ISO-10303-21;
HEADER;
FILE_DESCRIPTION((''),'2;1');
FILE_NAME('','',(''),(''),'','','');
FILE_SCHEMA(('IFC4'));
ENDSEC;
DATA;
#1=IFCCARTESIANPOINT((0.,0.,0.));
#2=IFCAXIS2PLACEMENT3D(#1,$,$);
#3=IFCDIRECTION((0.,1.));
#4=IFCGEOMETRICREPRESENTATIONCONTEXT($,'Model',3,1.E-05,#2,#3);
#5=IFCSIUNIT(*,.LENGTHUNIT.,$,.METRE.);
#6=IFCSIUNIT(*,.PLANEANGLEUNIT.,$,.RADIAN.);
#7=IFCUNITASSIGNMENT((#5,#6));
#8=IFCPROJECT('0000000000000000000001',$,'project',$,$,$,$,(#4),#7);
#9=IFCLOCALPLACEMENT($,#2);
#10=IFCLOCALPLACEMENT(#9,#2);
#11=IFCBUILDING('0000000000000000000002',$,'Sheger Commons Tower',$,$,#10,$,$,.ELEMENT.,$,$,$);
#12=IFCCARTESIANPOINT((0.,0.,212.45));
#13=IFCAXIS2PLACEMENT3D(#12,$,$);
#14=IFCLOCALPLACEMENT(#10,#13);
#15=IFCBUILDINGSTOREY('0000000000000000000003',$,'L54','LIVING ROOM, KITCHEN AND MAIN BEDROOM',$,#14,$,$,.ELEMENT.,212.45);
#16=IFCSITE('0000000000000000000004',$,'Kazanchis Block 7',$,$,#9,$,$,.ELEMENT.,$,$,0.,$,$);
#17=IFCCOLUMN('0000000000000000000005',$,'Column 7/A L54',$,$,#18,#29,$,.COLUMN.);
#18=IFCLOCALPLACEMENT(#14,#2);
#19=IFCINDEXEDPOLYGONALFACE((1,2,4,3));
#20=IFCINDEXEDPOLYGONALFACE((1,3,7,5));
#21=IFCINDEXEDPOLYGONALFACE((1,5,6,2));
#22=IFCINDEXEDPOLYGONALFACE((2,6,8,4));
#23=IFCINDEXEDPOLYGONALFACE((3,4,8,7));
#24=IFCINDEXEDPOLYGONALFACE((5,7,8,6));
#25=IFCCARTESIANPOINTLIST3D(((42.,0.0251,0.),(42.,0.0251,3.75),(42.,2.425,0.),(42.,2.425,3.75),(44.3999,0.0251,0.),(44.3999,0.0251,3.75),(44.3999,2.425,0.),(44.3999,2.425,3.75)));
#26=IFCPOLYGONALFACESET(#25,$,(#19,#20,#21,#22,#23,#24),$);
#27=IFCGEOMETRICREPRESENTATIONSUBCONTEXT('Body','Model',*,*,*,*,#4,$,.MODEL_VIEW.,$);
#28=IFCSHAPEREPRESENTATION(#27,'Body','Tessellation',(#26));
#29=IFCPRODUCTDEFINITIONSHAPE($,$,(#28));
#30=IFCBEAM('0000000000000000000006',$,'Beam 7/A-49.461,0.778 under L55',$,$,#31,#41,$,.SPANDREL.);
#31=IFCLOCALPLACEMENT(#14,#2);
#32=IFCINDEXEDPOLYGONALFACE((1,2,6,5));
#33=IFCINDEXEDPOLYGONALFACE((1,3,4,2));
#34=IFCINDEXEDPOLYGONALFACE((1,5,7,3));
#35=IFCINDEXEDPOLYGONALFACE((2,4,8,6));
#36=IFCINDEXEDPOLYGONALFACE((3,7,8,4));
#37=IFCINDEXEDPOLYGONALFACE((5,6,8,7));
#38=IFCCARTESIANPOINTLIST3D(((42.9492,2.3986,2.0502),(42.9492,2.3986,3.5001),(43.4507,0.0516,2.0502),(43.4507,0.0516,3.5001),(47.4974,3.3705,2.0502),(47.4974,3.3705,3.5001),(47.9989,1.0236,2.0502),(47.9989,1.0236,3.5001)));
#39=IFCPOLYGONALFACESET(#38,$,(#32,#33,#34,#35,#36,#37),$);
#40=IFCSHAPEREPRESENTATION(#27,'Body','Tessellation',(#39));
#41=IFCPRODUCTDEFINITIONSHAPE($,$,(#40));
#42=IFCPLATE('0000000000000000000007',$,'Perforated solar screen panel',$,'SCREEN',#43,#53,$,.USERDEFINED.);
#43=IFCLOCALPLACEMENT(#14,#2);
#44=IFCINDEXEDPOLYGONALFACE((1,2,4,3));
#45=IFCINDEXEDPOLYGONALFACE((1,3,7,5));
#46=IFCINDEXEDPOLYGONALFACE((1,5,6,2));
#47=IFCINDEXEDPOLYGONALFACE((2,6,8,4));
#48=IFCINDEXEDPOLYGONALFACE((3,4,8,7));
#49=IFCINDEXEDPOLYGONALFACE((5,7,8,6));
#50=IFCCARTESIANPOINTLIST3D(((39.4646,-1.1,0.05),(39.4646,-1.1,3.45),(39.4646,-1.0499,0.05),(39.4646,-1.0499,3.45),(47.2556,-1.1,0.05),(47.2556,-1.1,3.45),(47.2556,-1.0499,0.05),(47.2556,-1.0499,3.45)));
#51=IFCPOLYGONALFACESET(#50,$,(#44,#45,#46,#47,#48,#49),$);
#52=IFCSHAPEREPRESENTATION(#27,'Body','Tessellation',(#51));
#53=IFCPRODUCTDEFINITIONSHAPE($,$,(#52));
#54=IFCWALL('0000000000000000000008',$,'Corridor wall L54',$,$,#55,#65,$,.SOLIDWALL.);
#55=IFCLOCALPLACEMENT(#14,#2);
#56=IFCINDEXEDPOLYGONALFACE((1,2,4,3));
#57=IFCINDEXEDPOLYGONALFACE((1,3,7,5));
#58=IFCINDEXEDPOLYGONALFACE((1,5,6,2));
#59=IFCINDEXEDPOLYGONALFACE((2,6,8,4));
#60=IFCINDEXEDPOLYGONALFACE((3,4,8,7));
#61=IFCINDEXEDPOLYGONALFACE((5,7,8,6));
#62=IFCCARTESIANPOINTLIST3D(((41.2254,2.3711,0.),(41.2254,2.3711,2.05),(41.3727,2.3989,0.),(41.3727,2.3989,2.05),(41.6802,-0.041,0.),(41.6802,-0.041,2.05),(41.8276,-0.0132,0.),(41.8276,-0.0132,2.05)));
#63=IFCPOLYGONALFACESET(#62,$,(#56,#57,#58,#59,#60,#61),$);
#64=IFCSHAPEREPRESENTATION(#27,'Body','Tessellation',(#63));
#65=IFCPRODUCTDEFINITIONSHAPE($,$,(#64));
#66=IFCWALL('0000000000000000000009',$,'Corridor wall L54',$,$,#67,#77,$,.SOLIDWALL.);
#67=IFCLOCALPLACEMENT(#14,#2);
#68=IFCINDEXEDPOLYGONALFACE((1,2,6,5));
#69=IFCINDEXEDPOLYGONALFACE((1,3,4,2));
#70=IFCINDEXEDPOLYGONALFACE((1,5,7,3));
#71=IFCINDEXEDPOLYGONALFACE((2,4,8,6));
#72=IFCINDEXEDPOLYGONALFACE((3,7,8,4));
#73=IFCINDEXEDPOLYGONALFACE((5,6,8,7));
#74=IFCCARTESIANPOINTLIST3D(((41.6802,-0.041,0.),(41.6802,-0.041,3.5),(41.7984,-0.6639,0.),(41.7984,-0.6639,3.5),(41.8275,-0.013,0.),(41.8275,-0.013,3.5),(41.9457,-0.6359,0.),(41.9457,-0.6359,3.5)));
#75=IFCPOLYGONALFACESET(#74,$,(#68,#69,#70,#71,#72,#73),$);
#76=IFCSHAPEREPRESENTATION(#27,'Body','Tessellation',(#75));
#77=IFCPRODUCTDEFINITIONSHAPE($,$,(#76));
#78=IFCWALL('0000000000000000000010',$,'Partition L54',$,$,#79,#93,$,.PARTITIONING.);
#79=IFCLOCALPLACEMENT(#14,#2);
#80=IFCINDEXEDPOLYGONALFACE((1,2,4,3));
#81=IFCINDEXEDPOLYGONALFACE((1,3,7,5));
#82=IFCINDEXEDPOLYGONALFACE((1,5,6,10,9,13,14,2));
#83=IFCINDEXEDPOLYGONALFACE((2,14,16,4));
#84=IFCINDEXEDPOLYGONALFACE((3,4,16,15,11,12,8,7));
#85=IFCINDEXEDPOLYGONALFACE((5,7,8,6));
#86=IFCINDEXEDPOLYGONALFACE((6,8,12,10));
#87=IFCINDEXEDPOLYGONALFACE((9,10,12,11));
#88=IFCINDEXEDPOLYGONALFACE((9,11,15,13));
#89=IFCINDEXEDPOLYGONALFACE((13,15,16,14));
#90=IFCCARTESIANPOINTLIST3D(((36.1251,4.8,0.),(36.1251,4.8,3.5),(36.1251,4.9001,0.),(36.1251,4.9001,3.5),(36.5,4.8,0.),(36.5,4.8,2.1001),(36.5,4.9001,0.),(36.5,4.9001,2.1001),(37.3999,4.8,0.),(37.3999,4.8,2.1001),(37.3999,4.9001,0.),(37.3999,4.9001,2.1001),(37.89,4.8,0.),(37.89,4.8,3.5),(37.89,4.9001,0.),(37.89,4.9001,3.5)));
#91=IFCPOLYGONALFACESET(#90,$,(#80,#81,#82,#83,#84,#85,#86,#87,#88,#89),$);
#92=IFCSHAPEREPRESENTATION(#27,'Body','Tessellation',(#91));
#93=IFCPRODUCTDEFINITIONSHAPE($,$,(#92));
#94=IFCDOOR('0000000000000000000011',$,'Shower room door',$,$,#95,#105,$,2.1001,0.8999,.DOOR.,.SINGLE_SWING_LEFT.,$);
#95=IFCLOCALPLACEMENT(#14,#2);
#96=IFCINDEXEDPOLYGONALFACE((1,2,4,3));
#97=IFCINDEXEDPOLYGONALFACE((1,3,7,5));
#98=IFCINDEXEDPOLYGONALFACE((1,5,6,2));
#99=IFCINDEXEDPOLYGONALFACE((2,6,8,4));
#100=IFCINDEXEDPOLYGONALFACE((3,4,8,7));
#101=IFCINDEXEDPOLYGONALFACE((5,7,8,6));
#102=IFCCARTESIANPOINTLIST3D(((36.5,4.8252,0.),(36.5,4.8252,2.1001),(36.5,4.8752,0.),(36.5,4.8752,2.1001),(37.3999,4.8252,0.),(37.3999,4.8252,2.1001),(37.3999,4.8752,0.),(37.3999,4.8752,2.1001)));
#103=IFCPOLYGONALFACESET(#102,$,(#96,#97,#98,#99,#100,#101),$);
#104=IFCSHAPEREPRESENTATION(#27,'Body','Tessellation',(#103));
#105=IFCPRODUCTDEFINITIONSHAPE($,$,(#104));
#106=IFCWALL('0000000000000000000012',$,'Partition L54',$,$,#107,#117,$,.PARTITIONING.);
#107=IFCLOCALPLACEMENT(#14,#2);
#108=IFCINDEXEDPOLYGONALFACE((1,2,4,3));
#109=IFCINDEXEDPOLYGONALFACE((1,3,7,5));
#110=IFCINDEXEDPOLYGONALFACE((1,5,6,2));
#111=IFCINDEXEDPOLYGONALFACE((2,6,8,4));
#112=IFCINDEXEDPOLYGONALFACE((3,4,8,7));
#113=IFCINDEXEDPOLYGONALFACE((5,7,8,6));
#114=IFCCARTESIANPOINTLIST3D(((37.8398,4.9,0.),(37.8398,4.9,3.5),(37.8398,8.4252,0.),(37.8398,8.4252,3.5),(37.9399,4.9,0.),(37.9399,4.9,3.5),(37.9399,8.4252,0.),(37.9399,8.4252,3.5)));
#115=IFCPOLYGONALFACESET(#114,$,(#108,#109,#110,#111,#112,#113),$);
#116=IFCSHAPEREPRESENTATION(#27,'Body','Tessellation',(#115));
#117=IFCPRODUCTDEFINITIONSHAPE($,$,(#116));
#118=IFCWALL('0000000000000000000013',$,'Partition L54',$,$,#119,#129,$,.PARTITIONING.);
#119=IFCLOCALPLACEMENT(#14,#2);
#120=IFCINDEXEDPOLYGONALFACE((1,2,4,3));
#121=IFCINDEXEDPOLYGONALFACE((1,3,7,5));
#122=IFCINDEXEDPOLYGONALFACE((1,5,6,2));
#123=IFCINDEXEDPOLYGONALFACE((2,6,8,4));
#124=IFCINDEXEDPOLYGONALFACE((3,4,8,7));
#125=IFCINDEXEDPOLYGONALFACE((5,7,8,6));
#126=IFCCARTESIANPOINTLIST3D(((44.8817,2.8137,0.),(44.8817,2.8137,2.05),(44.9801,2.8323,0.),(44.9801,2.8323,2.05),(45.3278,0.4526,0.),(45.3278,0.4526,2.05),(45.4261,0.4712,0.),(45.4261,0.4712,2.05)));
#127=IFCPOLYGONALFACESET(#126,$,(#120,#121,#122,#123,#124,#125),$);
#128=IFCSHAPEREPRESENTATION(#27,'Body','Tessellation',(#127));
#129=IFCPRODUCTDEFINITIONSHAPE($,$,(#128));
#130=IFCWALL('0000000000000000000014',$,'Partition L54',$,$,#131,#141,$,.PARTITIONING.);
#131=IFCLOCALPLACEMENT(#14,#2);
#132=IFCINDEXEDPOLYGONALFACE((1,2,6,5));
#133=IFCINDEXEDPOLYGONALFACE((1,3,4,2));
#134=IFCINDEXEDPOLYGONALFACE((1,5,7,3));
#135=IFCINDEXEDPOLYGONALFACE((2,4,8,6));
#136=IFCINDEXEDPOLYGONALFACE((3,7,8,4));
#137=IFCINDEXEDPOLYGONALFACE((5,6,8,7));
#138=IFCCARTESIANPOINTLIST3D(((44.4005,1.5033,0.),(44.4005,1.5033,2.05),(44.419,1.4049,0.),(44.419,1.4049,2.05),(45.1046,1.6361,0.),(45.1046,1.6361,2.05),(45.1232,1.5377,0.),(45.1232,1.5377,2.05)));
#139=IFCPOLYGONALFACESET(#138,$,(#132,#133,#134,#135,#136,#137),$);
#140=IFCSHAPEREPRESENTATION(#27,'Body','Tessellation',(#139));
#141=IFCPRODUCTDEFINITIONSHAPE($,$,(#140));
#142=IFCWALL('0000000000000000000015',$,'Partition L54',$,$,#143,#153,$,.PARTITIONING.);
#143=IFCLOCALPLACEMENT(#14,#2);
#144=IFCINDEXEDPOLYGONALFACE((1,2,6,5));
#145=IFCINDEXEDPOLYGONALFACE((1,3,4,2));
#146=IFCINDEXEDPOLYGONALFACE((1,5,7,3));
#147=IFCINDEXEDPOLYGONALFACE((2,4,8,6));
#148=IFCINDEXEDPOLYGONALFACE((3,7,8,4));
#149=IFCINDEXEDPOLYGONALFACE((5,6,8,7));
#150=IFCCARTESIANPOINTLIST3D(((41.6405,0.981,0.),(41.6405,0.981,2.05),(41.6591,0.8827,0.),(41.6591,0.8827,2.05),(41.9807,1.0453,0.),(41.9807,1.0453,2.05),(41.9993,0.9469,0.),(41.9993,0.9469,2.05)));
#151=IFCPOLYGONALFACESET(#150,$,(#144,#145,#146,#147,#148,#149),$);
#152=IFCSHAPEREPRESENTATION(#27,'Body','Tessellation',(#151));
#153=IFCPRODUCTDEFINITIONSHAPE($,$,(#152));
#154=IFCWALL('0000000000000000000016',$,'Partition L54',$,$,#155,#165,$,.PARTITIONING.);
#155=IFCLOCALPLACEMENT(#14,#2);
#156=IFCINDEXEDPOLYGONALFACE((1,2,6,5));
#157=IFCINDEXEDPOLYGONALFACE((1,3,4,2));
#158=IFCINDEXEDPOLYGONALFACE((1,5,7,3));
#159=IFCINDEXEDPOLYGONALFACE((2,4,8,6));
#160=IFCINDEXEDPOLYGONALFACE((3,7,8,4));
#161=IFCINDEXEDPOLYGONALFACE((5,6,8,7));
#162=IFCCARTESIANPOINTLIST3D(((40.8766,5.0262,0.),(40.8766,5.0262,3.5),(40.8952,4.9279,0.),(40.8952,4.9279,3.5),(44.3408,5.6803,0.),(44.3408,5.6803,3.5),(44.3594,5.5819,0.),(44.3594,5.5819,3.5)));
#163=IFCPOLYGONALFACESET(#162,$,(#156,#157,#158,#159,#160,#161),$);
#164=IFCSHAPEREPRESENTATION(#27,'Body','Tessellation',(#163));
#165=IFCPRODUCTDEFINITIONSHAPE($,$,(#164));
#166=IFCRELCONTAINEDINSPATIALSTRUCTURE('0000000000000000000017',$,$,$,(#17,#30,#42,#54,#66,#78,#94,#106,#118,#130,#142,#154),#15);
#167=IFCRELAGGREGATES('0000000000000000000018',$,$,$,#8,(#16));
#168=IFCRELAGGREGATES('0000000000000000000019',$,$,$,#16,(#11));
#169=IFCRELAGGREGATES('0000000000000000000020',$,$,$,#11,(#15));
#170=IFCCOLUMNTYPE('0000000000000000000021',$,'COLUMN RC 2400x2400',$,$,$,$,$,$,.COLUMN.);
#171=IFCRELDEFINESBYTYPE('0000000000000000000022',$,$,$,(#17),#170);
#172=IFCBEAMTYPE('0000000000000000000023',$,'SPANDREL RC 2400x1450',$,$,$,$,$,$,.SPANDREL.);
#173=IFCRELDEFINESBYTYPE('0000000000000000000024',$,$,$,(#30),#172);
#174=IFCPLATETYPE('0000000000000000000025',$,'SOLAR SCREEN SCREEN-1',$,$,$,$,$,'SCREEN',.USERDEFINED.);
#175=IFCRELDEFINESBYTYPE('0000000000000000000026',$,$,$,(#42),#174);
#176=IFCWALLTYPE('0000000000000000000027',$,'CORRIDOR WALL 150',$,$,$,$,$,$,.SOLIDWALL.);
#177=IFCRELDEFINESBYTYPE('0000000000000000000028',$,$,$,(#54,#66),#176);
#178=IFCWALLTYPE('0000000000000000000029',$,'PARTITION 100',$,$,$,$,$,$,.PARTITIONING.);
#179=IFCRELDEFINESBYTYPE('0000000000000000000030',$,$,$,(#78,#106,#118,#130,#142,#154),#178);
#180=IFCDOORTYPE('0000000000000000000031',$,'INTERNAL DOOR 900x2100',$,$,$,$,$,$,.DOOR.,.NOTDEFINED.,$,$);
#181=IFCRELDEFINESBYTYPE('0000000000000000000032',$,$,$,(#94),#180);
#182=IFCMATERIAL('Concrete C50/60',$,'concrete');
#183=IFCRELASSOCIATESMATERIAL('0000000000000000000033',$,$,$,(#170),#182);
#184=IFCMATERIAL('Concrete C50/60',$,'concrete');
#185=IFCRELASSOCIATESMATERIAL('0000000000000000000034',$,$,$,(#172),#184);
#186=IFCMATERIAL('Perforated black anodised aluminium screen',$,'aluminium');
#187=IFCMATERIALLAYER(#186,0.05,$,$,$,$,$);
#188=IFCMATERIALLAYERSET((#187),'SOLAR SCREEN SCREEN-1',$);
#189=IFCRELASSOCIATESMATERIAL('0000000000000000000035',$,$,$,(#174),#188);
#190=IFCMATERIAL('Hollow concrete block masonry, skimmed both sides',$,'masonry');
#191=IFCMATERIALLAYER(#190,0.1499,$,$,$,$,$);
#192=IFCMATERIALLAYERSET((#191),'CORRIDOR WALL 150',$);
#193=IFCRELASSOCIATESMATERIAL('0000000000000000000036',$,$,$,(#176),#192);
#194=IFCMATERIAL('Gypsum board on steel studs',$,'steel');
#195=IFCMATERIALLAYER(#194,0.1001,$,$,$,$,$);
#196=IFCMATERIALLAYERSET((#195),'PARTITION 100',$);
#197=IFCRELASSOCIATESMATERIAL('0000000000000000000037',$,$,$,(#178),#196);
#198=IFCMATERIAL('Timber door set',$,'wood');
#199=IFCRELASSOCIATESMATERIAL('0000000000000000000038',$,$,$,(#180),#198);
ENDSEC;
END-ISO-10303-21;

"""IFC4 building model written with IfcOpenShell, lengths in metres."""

from ifc_helpers import new_model, si_unit, direction, frame, frame_2d, origin, origin_2d, place, context, subcontext, project, spatial, rectangle, extrude, material, layer, layer_set, material_profile, profile_set, type_object, element, fill, save


model = new_model("IFC4")

# Units and contexts
model_context = context("Model", 3, precision=1e-05, world=origin(), true_north=direction((0.0, 1.0)))
body_context = subcontext(model_context, "Body", "Model", "MODEL_VIEW")
ifc_project = project(units=[si_unit("LENGTHUNIT", "METRE"), si_unit("PLANEANGLEUNIT", "RADIAN")], contexts=[model_context])

# Site, building, storey
site_placement = place(None, origin())
site = spatial("IfcSite", under=ifc_project, at=site_placement, Name="Kazanchis Block 7", CompositionType="ELEMENT", RefElevation=0.0)
building_placement = place(site_placement, origin())
building = spatial("IfcBuilding", under=site, at=building_placement, Name="Sheger Commons Tower", CompositionType="ELEMENT")
storey_placement = place(building_placement, frame((0.0, 0.0, 212.45)))
storey = spatial("IfcBuildingStorey", under=building, at=storey_placement, Name="L54", Description="LIVING ROOM, KITCHEN AND MAIN BEDROOM", CompositionType="ELEMENT", Elevation=212.45)

# Column
ifc_material_1 = material(Name="Concrete C50/60", Category="concrete")
ifc_material_profile_1 = material_profile(ifc_material_1, rectangle(XDim=2.3999, YDim=2.3999, at=origin_2d()), Name="RC 2400x2400")
ifc_profile_set_1 = profile_set([ifc_material_profile_1], Name="Concrete C50/60")
column_type = type_object("IfcColumnType", Name="COLUMN RC 2400x2400", PredefinedType="COLUMN", material=ifc_profile_set_1)
column_placement = place(storey_placement, frame((43.2, 1.2251, 0.0), z_axis=(0.0, 0.0, 1.0), x_axis=(1.0, 0.0, 0.0)))
element("IfcColumn", 1, at=column_placement, inside=storey, type_object=column_type, Name="Column 7/A L54", PredefinedType="COLUMN", context=body_context, shape_type="SweptSolid", body=[
    extrude(rectangle(XDim=2.3999, YDim=2.3999, at=origin_2d()), origin(), (0.0, 0.0, 1.0), 3.75),
])

# Beam
ifc_material_2 = material(Name="Concrete C50/60", Category="concrete")
ifc_material_profile_2 = material_profile(ifc_material_2, rectangle(XDim=2.3999, YDim=1.45, at=origin_2d()), Name="RC 2400x1450")
ifc_profile_set_2 = profile_set([ifc_material_profile_2], Name="Concrete C50/60")
beam_type = type_object("IfcBeamType", Name="SPANDREL RC 2400x1450", PredefinedType="SPANDREL", material=ifc_profile_set_2)
beam_placement = place(storey_placement, frame((43.2, 1.2251, 2.7751), z_axis=(0.97792, 0.208981, 0.0), x_axis=(-0.208981, 0.97792, 0.0)))
element("IfcBeam", 2, at=beam_placement, inside=storey, type_object=beam_type, Name="Beam 7/A-49.461,0.778 under L55", PredefinedType="SPANDREL", context=body_context, shape_type="SweptSolid", body=[
    extrude(rectangle(XDim=2.3999, YDim=1.45, at=origin_2d()), origin(), (0.0, 0.0, 1.0), 4.6509),
])

# Plate
ifc_material_3 = material(Name="Perforated black anodised aluminium screen", Category="aluminium")
ifc_layer_1 = layer(ifc_material_3, 0.05)
ifc_layer_set_1 = layer_set([ifc_layer_1], Name="SOLAR SCREEN SCREEN-1")
plate_type = type_object("IfcPlateType", Name="SOLAR SCREEN SCREEN-1", ElementType="SCREEN", PredefinedType="USERDEFINED", material=ifc_layer_set_1)
plate_placement = place(storey_placement, frame((43.3601, -1.075, 0.05), z_axis=(0.0, 0.0, 1.0), x_axis=(1.0, 0.0, 0.0)))
element("IfcPlate", 3, at=plate_placement, inside=storey, type_object=plate_type, Name="Perforated solar screen panel", ObjectType="SCREEN", PredefinedType="USERDEFINED", context=body_context, shape_type="SweptSolid", body=[
    extrude(rectangle(XDim=7.791, YDim=0.05, at=origin_2d()), origin(), (0.0, 0.0, 1.0), 3.3999),
])

# Walls
ifc_material_4 = material(Name="Hollow concrete block masonry, skimmed both sides", Category="masonry")
ifc_layer_2 = layer(ifc_material_4, 0.1499)
ifc_layer_set_2 = layer_set([ifc_layer_2], Name="CORRIDOR WALL 150")
wall_type_1 = type_object("IfcWallType", Name="CORRIDOR WALL 150", PredefinedType="SOLIDWALL", material=ifc_layer_set_2)
wall_1_placement = place(storey_placement, frame((41.2991, 2.385, 0.0), z_axis=(0.0, 0.0, 1.0), x_axis=(0.185297, -0.982683, 0.0)))
element("IfcWall", 4, at=wall_1_placement, inside=storey, type_object=wall_type_1, Name="Corridor wall L54", PredefinedType="SOLIDWALL", context=body_context, shape_type="SweptSolid", body=[
    extrude(rectangle(XDim=2.4546, YDim=0.1499, at=frame_2d((1.2273, 0.0))), origin(), (0.0, 0.0, 1.0), 2.05),
])
wall_2_placement = place(storey_placement, frame((41.7539, -0.0271, 0.0), z_axis=(0.0, 0.0, 1.0), x_axis=(0.186404, -0.982473, 0.0)))
element("IfcWall", 5, at=wall_2_placement, inside=storey, type_object=wall_type_1, Name="Corridor wall L54", PredefinedType="SOLIDWALL", context=body_context, shape_type="SweptSolid", body=[
    extrude(rectangle(XDim=0.634, YDim=0.1499, at=frame_2d((0.3169, 0.0))), origin(), (0.0, 0.0, 1.0), 3.5),
])

# Wall, opening, door
ifc_material_5 = material(Name="Gypsum board on steel studs", Category="steel")
ifc_layer_3 = layer(ifc_material_5, 0.1001)
ifc_layer_set_3 = layer_set([ifc_layer_3], Name="PARTITION 100")
wall_type_2 = type_object("IfcWallType", Name="PARTITION 100", PredefinedType="PARTITIONING", material=ifc_layer_set_3)
wall_3_placement = place(storey_placement, frame((37.8899, 4.8501, 0.0), z_axis=(0.0, 0.0, 1.0), x_axis=(-1.0, 0.0, 0.0)))
wall_3 = element("IfcWall", 6, at=wall_3_placement, inside=storey, type_object=wall_type_2, Name="Partition L54", PredefinedType="PARTITIONING", context=body_context, shape_type="SweptSolid", body=[
    extrude(rectangle(XDim=1.7649, YDim=0.1001, at=frame_2d((0.8823, 0.0))), origin(), (0.0, 0.0, 1.0), 3.5),
])
opening_1_placement = place(wall_3_placement, frame((0.49, 0.0, 0.0)))
opening_1 = element("IfcOpeningElement", 7, at=opening_1_placement, cuts=wall_3, PredefinedType="OPENING", context=body_context, shape_type="SweptSolid", body=[
    extrude(rectangle(XDim=0.8999, YDim=2.1001, at=frame_2d((0.45, 1.05))), frame((0.0, 0.0601, 0.0), z_axis=(0.0, -1.0, 0.0), x_axis=(1.0, 0.0, 0.0)), (0.0, 0.0, 1.0), 0.1201),
])
ifc_material_6 = material(Name="Timber door set", Category="wood")
door_type = type_object("IfcDoorType", Name="INTERNAL DOOR 900x2100", OperationType="NOTDEFINED", PredefinedType="DOOR", material=ifc_material_6)
door_1_placement = place(opening_1_placement, origin())
door_1 = element("IfcDoor", 8, at=door_1_placement, inside=storey, type_object=door_type, Name="Shower room door", OperationType="SINGLE_SWING_LEFT", OverallHeight=2.1001, OverallWidth=0.8999, PredefinedType="DOOR", context=body_context, shape_type="SweptSolid", body=[
    extrude(rectangle(XDim=0.8999, YDim=2.1001, at=frame_2d((0.45, 1.05))), frame((0.0, 0.0249, 0.0), z_axis=(0.0, -1.0, 0.0), x_axis=(1.0, 0.0, 0.0)), (0.0, 0.0, 1.0), 0.05),
])
fill(opening_1, door_1)

# Walls
wall_4_placement = place(storey_placement, frame((37.8899, 4.8999, 0.0), z_axis=(0.0, 0.0, 1.0), x_axis=(0.0, 1.0, 0.0)))
element("IfcWall", 9, at=wall_4_placement, inside=storey, type_object=wall_type_2, Name="Partition L54", PredefinedType="PARTITIONING", context=body_context, shape_type="SweptSolid", body=[
    extrude(rectangle(XDim=3.5251, YDim=0.1001, at=frame_2d((1.7627, 0.0))), origin(), (0.0, 0.0, 1.0), 3.5),
])
wall_5_placement = place(storey_placement, frame((44.9309, 2.823, 0.0), z_axis=(0.0, 0.0, 1.0), x_axis=(0.185632, -0.982619, 0.0)))
element("IfcWall", 10, at=wall_5_placement, inside=storey, type_object=wall_type_2, Name="Partition L54", PredefinedType="PARTITIONING", context=body_context, shape_type="SweptSolid", body=[
    extrude(rectangle(XDim=2.4028, YDim=0.1001, at=frame_2d((1.2014, 0.0))), origin(), (0.0, 0.0, 1.0), 2.05),
])
wall_6_placement = place(storey_placement, frame((45.114, 1.5869, 0.0), z_axis=(0.0, 0.0, 1.0), x_axis=(-0.982671, -0.185358, 0.0)))
element("IfcWall", 11, at=wall_6_placement, inside=storey, type_object=wall_type_2, Name="Partition L54", PredefinedType="PARTITIONING", context=body_context, shape_type="SweptSolid", body=[
    extrude(rectangle(XDim=0.7166, YDim=0.1001, at=frame_2d((0.3584, 0.0))), origin(), (0.0, 0.0, 1.0), 2.05),
])
wall_7_placement = place(storey_placement, frame((41.99, 0.9961, 0.0), z_axis=(0.0, 0.0, 1.0), x_axis=(-0.98264, -0.185524, 0.0)))
element("IfcWall", 12, at=wall_7_placement, inside=storey, type_object=wall_type_2, Name="Partition L54", PredefinedType="PARTITIONING", context=body_context, shape_type="SweptSolid", body=[
    extrude(rectangle(XDim=0.3462, YDim=0.1001, at=frame_2d((0.1731, 0.0))), origin(), (0.0, 0.0, 1.0), 2.05),
])
wall_8_placement = place(storey_placement, frame((44.3501, 5.6311, 0.0), z_axis=(0.0, 0.0, 1.0), x_axis=(-0.982639, -0.18553, 0.0)))
element("IfcWall", 13, at=wall_8_placement, inside=storey, type_object=wall_type_2, Name="Partition L54", PredefinedType="PARTITIONING", context=body_context, shape_type="SweptSolid", body=[
    extrude(rectangle(XDim=3.5254, YDim=0.1001, at=frame_2d((1.7627, 0.0))), origin(), (0.0, 0.0, 1.0), 3.5),
])

save(model, "model.ifc")
